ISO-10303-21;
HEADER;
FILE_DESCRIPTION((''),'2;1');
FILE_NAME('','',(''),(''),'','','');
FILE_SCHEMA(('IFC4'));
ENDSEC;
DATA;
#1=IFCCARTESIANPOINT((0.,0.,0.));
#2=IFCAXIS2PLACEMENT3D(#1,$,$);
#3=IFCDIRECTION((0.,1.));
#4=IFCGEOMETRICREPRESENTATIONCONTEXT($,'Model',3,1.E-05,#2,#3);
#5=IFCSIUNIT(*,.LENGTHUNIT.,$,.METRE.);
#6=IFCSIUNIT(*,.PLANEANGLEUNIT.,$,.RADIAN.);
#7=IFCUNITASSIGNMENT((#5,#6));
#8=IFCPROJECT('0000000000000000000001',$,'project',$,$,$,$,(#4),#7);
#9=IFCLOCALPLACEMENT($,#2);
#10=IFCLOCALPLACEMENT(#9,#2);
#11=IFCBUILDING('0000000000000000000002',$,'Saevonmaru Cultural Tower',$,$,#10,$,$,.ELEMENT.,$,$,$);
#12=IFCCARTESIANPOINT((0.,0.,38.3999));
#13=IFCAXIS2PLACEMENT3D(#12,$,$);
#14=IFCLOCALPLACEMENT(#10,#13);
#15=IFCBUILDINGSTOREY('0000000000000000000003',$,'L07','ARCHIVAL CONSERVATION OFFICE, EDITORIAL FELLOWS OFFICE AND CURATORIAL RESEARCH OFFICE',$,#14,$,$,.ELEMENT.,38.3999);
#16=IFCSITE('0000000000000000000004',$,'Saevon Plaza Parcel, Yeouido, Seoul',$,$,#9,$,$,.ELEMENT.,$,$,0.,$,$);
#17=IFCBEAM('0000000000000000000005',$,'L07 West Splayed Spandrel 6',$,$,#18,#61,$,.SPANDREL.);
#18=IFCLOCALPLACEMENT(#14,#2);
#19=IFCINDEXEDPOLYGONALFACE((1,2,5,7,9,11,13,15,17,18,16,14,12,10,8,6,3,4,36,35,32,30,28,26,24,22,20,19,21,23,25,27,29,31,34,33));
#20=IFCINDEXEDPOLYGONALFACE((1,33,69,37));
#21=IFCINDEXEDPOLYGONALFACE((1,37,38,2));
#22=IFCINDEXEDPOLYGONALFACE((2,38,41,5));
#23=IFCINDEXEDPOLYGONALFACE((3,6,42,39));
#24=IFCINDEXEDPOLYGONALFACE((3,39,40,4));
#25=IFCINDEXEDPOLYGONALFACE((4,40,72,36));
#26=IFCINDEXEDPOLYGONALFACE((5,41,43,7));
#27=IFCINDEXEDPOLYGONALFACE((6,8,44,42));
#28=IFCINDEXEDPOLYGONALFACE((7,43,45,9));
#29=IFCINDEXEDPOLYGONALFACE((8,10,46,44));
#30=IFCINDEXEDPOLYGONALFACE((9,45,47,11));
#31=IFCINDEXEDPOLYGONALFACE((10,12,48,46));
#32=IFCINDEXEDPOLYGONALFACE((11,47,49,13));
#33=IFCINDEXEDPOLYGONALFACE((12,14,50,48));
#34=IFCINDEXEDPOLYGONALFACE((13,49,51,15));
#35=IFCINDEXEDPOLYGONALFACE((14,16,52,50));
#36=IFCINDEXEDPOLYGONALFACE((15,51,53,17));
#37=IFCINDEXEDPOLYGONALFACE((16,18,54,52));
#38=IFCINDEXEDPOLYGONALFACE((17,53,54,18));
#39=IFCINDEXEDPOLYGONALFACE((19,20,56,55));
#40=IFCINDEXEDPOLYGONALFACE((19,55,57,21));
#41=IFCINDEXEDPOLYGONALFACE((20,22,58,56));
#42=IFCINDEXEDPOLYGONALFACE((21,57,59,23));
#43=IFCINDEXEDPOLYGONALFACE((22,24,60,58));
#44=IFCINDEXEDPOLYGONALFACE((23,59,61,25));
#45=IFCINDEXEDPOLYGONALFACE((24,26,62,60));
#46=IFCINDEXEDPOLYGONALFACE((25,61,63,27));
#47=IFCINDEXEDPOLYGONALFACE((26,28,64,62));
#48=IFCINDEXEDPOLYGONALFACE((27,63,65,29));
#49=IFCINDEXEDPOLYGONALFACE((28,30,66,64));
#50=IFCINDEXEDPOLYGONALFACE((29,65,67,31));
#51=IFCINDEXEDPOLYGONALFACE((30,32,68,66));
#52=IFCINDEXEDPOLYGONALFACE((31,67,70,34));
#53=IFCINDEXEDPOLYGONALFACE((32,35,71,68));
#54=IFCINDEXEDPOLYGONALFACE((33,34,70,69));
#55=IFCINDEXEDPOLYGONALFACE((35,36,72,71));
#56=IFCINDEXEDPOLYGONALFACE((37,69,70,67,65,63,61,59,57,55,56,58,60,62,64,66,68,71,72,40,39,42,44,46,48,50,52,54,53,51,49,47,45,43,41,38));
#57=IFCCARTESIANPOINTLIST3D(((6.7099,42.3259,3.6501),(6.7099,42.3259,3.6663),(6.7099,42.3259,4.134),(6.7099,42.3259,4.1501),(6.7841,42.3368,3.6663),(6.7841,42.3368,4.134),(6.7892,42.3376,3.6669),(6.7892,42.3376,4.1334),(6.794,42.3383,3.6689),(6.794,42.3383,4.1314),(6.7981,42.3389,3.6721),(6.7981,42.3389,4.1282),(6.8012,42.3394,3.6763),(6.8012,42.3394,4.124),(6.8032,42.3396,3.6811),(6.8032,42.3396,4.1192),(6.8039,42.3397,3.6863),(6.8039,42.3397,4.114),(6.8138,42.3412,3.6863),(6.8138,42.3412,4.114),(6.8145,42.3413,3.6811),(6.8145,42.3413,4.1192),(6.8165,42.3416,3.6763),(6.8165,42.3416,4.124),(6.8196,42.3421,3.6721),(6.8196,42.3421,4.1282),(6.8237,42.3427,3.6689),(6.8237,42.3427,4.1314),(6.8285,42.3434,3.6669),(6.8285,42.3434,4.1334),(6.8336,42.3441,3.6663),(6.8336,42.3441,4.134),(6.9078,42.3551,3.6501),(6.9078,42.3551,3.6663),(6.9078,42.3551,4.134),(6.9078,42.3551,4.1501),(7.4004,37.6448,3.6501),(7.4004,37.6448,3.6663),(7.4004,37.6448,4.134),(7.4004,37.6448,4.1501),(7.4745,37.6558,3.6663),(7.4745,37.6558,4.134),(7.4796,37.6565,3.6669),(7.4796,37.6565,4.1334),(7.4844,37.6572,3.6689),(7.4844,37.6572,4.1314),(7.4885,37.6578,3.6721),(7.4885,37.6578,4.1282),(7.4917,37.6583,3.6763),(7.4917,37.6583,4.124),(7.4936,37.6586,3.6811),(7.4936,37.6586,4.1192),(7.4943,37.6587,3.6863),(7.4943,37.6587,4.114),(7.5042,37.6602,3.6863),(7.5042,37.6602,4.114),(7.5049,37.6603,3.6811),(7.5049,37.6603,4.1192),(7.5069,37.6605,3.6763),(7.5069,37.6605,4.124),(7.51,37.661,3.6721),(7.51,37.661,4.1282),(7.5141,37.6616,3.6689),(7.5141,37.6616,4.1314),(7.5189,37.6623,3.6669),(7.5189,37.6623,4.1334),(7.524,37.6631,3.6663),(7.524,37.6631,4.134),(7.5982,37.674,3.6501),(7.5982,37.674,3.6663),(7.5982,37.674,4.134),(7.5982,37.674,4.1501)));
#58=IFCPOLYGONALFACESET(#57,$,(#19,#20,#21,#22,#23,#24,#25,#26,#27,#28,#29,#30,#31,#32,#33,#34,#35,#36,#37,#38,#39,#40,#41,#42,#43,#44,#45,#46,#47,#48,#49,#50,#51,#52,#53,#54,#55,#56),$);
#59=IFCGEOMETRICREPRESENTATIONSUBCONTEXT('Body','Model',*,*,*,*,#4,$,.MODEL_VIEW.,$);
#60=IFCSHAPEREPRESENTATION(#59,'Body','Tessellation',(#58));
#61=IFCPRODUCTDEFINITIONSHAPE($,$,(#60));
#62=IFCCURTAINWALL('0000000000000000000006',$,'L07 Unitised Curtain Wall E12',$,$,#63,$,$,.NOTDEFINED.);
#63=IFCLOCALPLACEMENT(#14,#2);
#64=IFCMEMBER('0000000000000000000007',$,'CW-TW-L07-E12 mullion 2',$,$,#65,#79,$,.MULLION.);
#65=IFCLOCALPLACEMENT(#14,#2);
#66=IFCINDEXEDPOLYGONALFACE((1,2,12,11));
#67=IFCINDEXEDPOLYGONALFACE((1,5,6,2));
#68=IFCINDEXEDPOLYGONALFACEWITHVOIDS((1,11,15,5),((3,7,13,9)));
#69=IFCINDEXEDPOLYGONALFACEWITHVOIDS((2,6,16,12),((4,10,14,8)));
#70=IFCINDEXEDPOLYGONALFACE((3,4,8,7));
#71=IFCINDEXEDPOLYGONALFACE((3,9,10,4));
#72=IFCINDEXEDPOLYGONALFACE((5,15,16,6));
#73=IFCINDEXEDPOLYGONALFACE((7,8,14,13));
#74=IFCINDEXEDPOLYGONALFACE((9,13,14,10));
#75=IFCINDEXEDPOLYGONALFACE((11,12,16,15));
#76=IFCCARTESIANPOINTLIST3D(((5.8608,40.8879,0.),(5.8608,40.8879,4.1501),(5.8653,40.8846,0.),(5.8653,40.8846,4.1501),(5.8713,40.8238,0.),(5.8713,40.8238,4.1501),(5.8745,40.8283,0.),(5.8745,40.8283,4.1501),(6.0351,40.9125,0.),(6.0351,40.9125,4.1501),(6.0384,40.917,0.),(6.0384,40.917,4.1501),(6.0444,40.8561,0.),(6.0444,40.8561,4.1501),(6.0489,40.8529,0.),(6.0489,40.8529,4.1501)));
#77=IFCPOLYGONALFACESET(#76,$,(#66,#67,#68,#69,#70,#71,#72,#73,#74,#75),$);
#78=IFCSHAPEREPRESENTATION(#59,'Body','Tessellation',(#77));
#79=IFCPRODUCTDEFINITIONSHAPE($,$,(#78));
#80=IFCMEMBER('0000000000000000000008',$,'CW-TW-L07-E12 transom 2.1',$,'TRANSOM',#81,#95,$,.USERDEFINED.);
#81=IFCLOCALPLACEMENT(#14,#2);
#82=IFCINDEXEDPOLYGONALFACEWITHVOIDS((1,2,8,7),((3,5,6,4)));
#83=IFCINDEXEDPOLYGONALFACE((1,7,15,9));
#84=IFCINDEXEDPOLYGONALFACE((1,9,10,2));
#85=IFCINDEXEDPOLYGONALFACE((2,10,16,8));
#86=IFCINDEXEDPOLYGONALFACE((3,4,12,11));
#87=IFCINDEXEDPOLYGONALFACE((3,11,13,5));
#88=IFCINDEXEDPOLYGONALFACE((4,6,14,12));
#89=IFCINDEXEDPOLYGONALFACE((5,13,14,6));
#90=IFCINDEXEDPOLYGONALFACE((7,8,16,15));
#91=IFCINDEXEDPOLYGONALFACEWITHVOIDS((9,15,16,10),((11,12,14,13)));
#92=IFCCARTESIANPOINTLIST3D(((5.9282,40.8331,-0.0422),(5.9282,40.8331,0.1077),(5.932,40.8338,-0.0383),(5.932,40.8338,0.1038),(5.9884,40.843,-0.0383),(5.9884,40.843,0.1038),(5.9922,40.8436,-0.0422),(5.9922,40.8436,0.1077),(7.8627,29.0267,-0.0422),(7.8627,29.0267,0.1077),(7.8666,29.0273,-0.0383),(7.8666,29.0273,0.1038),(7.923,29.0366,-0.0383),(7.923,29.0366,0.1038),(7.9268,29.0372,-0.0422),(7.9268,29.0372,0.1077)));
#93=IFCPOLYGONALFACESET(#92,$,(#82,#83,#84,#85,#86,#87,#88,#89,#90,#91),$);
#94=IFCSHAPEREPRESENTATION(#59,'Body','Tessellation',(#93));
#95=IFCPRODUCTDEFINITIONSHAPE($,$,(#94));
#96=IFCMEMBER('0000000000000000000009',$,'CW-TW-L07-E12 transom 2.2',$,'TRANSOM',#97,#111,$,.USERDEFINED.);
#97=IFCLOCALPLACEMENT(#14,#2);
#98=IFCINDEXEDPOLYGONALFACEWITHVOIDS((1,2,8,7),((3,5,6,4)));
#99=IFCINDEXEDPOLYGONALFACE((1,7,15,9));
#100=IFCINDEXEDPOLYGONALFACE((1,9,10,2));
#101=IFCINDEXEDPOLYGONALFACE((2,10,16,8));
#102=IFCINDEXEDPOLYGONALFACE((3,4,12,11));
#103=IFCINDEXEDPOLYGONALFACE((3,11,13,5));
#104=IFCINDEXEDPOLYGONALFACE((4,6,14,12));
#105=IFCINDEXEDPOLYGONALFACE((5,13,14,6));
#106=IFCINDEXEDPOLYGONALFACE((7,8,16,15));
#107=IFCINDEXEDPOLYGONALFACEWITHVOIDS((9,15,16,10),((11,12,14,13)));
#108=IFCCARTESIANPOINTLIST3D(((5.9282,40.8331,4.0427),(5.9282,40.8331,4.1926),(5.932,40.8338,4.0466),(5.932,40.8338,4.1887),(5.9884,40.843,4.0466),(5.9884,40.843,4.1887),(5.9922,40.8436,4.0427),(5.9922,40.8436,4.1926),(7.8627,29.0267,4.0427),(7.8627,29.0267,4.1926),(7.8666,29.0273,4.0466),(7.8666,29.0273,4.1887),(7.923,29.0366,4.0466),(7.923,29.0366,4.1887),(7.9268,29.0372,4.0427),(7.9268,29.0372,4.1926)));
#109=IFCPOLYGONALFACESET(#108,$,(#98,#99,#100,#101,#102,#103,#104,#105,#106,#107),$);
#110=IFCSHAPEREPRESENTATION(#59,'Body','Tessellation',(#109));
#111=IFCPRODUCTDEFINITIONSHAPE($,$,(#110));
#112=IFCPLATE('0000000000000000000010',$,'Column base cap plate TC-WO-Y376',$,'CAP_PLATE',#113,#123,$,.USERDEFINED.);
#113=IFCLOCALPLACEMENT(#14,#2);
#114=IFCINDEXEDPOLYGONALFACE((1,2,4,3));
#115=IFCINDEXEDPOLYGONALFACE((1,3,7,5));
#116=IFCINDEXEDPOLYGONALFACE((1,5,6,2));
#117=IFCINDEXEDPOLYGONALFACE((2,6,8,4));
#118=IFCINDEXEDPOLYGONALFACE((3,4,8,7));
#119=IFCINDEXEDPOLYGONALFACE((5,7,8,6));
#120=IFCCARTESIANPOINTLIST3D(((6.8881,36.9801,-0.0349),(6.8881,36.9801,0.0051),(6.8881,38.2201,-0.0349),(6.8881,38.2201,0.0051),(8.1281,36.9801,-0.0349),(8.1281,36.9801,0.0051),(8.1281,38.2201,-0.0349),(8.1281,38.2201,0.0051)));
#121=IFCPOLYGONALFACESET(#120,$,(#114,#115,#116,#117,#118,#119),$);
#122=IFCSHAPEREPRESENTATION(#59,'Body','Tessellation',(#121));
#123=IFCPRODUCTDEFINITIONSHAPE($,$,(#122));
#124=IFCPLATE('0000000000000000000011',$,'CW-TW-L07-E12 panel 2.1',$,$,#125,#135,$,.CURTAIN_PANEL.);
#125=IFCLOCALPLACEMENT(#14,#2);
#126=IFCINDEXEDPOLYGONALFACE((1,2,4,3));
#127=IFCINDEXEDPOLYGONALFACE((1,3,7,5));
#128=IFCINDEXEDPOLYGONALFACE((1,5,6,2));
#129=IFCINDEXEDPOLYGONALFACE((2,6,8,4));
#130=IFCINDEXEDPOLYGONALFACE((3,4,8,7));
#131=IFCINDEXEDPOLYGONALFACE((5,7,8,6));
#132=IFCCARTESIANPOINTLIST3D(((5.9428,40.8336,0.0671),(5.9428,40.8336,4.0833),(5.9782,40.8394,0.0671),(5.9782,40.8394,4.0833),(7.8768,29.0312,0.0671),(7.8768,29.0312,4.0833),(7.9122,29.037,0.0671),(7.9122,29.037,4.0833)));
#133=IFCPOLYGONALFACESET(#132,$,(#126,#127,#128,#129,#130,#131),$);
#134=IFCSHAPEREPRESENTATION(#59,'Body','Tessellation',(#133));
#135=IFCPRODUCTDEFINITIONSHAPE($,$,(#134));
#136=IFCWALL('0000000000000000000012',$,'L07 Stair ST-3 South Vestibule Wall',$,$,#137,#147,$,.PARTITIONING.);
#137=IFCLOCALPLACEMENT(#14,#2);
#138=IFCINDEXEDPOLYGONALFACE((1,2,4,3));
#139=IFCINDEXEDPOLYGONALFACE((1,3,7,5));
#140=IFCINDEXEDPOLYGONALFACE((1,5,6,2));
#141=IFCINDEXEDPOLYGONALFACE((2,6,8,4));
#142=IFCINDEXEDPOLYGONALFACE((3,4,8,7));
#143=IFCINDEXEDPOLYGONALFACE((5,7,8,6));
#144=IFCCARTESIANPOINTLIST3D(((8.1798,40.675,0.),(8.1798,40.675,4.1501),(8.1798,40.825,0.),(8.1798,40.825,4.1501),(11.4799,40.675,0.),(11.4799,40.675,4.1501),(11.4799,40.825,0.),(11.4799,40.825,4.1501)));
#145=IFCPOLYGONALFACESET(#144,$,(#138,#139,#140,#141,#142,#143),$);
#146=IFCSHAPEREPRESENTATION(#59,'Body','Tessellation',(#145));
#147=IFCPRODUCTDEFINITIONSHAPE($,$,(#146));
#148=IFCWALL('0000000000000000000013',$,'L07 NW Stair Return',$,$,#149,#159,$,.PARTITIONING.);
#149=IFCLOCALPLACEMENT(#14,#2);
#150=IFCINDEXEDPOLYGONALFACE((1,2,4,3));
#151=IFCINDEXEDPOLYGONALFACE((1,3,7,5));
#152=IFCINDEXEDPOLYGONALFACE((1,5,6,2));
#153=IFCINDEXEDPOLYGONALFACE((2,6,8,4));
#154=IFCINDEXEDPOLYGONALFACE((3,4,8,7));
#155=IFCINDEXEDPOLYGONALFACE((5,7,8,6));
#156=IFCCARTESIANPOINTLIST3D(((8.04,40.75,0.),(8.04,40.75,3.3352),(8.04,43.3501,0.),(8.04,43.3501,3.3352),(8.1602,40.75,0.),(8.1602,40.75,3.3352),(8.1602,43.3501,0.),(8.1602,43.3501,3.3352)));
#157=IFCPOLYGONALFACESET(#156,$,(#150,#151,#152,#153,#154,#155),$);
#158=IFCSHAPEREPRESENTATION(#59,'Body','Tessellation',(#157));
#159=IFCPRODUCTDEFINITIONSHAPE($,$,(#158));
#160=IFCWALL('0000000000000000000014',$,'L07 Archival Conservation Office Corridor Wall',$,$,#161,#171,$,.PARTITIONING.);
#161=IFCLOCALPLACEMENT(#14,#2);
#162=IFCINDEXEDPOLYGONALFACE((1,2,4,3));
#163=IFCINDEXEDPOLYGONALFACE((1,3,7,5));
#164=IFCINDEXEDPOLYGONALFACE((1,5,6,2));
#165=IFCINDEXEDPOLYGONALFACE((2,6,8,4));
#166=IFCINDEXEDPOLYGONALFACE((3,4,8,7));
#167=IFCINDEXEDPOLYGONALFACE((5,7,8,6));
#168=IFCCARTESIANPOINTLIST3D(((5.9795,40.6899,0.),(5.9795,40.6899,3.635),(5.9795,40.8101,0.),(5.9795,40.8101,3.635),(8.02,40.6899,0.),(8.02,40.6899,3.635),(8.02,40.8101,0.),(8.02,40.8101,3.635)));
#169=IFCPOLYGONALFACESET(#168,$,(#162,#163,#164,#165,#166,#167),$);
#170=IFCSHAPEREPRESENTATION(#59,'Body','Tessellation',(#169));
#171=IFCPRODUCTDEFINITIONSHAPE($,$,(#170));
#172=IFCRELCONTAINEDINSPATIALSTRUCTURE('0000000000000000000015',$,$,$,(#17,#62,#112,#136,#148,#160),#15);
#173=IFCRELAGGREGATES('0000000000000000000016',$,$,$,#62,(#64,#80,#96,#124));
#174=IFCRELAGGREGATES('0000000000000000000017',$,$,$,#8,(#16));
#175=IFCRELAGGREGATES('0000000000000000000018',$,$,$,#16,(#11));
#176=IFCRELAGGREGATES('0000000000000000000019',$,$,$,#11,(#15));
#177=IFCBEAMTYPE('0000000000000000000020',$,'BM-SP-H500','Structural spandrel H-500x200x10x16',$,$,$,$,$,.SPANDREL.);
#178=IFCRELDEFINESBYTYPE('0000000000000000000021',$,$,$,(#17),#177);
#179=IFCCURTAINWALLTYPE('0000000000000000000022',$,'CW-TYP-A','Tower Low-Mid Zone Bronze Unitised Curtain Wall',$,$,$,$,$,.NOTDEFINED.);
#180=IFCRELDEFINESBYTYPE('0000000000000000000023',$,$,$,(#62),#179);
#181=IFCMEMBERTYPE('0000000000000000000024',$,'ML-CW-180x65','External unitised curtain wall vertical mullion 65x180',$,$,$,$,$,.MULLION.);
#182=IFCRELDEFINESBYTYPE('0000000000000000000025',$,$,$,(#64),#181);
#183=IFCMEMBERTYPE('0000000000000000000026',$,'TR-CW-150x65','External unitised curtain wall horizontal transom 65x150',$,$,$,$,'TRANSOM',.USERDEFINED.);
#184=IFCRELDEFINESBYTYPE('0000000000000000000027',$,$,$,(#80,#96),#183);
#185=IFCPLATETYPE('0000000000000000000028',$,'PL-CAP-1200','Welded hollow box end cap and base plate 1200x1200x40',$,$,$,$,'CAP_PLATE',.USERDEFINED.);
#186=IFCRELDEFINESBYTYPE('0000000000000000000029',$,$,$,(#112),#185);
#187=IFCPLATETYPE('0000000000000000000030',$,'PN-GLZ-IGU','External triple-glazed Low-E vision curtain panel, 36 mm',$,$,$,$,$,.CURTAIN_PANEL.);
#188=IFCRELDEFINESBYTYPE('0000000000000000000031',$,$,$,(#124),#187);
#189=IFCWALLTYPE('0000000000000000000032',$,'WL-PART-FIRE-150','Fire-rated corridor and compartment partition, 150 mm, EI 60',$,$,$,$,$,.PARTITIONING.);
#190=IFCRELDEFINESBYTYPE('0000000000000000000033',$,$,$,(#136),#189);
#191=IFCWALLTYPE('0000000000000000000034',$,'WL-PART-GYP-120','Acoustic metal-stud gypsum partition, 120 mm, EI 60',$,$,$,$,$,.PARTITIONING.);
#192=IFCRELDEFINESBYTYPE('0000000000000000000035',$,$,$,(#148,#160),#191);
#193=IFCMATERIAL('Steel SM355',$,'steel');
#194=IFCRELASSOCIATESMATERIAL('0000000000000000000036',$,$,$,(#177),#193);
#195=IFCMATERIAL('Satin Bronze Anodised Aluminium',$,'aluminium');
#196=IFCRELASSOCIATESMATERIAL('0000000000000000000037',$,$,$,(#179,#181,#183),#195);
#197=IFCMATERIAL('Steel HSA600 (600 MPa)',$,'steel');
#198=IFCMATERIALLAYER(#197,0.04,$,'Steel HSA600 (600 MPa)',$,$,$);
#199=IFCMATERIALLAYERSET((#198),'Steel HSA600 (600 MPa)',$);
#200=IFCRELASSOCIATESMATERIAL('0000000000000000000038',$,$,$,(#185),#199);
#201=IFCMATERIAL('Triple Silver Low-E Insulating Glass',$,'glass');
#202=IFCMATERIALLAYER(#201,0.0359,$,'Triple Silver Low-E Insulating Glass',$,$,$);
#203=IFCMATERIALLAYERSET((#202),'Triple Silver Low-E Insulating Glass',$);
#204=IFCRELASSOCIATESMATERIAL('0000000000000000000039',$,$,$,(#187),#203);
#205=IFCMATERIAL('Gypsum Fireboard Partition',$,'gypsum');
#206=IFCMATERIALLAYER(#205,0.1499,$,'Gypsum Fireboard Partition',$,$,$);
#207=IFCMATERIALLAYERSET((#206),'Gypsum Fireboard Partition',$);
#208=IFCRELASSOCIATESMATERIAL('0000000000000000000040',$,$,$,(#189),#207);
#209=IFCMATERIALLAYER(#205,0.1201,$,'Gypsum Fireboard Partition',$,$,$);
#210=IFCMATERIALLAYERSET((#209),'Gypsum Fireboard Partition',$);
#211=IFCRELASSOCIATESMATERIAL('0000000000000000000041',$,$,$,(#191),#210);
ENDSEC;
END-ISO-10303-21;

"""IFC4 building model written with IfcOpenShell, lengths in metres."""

from ifc_helpers import new_model, si_unit, direction, frame, frame_2d, origin, origin_2d, place, context, subcontext, project, spatial, rectangle, hollow_rectangle, i_section, extrude, material, layer, layer_set, material_profile, profile_set, type_object, element, aggregate, save


model = new_model("IFC4")

# Units and contexts
model_context = context("Model", 3, precision=1e-05, world=origin(), true_north=direction((0.0, 1.0)))
body_context = subcontext(model_context, "Body", "Model", "MODEL_VIEW")
ifc_project = project(units=[si_unit("LENGTHUNIT", "METRE"), si_unit("PLANEANGLEUNIT", "RADIAN")], contexts=[model_context])

# Site, building, storey
site_placement = place(None, origin())
site = spatial("IfcSite", under=ifc_project, at=site_placement, Name="Saevon Plaza Parcel, Yeouido, Seoul", CompositionType="ELEMENT", RefElevation=0.0)
building_placement = place(site_placement, origin())
building = spatial("IfcBuilding", under=site, at=building_placement, Name="Saevonmaru Cultural Tower", CompositionType="ELEMENT")
storey_placement = place(building_placement, frame((0.0, 0.0, 38.3999)))
storey = spatial("IfcBuildingStorey", under=building, at=storey_placement, Name="L07", Description="ARCHIVAL CONSERVATION OFFICE, EDITORIAL FELLOWS OFFICE AND CURATORIAL RESEARCH OFFICE", CompositionType="ELEMENT", Elevation=38.3999)

# Shared definitions
ifc_material_1 = material(Name="Steel HSA600 (600 MPa)", Category="steel")

# Beam
ifc_material_2 = material(Name="Steel SM355", Category="steel")
ifc_material_profile_1 = material_profile(ifc_material_2, i_section(OverallWidth=0.2, OverallDepth=0.5, WebThickness=0.01, FlangeThickness=0.0161, FilletRadius=0.02, at=origin_2d()), Name="H-500x200x10x16")
ifc_profile_set_1 = profile_set([ifc_material_profile_1], Name="Steel SM355")
beam_type_1 = type_object("IfcBeamType", Name="BM-SP-H500", Description="Structural spandrel H-500x200x10x16", PredefinedType="SPANDREL", material=ifc_profile_set_1)
beam_1_placement = place(storey_placement, frame((7.4993, 37.6594, 3.9001), z_axis=(-0.145913, 0.989297, 0.0), x_axis=(-0.989297, -0.145913, 0.0)))
element("IfcBeam", 1, at=beam_1_placement, inside=storey, type_object=beam_type_1, Name="L07 West Splayed Spandrel 6", PredefinedType="SPANDREL", context=body_context, shape_type="SweptSolid", body=[
    extrude(i_section(OverallWidth=0.2, OverallDepth=0.5, WebThickness=0.01, FlangeThickness=0.0161, FilletRadius=0.02, at=origin_2d()), origin(), (0.0, 0.0, 1.0), 4.7317),
])

# Curtain wall, members
ifc_material_3 = material(Name="Satin Bronze Anodised Aluminium", Category="aluminium")
curtain_wall_type = type_object("IfcCurtainWallType", Name="CW-TYP-A", Description="Tower Low-Mid Zone Bronze Unitised Curtain Wall", PredefinedType="NOTDEFINED", material=ifc_material_3)
curtain_wall_placement = place(storey_placement, origin())
curtain_wall = element("IfcCurtainWall", 2, at=curtain_wall_placement, inside=storey, type_object=curtain_wall_type, Name="L07 Unitised Curtain Wall E12", PredefinedType="NOTDEFINED")
ifc_material_profile_2 = material_profile(ifc_material_3, hollow_rectangle(XDim=0.0649, YDim=0.1799, WallThickness=0.0039, at=origin_2d()), Name="ALU-MULL-180x65x4")
ifc_profile_set_2 = profile_set([ifc_material_profile_2], Name="Satin Bronze Anodised Aluminium")
member_type_1 = type_object("IfcMemberType", Name="ML-CW-180x65", Description="External unitised curtain wall vertical mullion 65x180", PredefinedType="MULLION", material=ifc_profile_set_2)
member_1_placement = place(storey_placement, frame((5.9548, 40.8704, 0.0), z_axis=(0.0, 0.0, 1.0), x_axis=(0.161709, -0.986839, 0.0)))
member_1 = element("IfcMember", 3, at=member_1_placement, type_object=member_type_1, Name="CW-TW-L07-E12 mullion 2", PredefinedType="MULLION", context=body_context, shape_type="SweptSolid", body=[
    extrude(hollow_rectangle(XDim=0.0649, YDim=0.1799, WallThickness=0.0039, at=origin_2d()), origin(), (0.0, 0.0, 1.0), 4.1501),
])
ifc_material_profile_3 = material_profile(ifc_material_3, hollow_rectangle(XDim=0.0649, YDim=0.1499, WallThickness=0.0039, at=origin_2d()), Name="ALU-TRAN-150x65x4")
ifc_profile_set_3 = profile_set([ifc_material_profile_3], Name="Satin Bronze Anodised Aluminium")
member_type_2 = type_object("IfcMemberType", Name="TR-CW-150x65", Description="External unitised curtain wall horizontal transom 65x150", ElementType="TRANSOM", PredefinedType="USERDEFINED", material=ifc_profile_set_3)
member_2_placement = place(storey_placement, frame((5.9602, 40.8384, 0.0327), z_axis=(0.161701, -0.98684, 0.0), x_axis=(0.98684, 0.161701, 0.0)))
member_2 = element("IfcMember", 4, at=member_2_placement, type_object=member_type_2, Name="CW-TW-L07-E12 transom 2.1", ObjectType="TRANSOM", PredefinedType="USERDEFINED", context=body_context, shape_type="SweptSolid", body=[
    extrude(hollow_rectangle(XDim=0.0649, YDim=0.1499, WallThickness=0.0039, at=origin_2d()), origin(), (0.0, 0.0, 1.0), 11.9639),
])
member_3_placement = place(storey_placement, frame((5.9602, 40.8384, 4.1177), z_axis=(0.161701, -0.98684, 0.0), x_axis=(0.98684, 0.161701, 0.0)))
member_3 = element("IfcMember", 5, at=member_3_placement, type_object=member_type_2, Name="CW-TW-L07-E12 transom 2.2", ObjectType="TRANSOM", PredefinedType="USERDEFINED", context=body_context, shape_type="SweptSolid", body=[
    extrude(hollow_rectangle(XDim=0.0649, YDim=0.1499, WallThickness=0.0039, at=origin_2d()), origin(), (0.0, 0.0, 1.0), 11.9639),
])

# Plates
ifc_layer_1 = layer(ifc_material_1, 0.04, Name="Steel HSA600 (600 MPa)")
ifc_layer_set_1 = layer_set([ifc_layer_1], Name="Steel HSA600 (600 MPa)")
plate_type_1 = type_object("IfcPlateType", Name="PL-CAP-1200", Description="Welded hollow box end cap and base plate 1200x1200x40", ElementType="CAP_PLATE", PredefinedType="USERDEFINED", material=ifc_layer_set_1)
plate_1_placement = place(storey_placement, frame((7.5081, 37.6001, -0.0349), z_axis=(0.0, 0.0, 1.0), x_axis=(1.0, 0.0, 0.0)))
element("IfcPlate", 6, at=plate_1_placement, inside=storey, type_object=plate_type_1, Name="Column base cap plate TC-WO-Y376", ObjectType="CAP_PLATE", PredefinedType="USERDEFINED", context=body_context, shape_type="SweptSolid", body=[
    extrude(rectangle(XDim=1.24, YDim=1.24, at=origin_2d()), origin(), (0.0, 0.0, 1.0), 0.04),
])
ifc_material_4 = material(Name="Triple Silver Low-E Insulating Glass", Category="glass")
ifc_layer_2 = layer(ifc_material_4, 0.0359, Name="Triple Silver Low-E Insulating Glass")
ifc_layer_set_2 = layer_set([ifc_layer_2], Name="Triple Silver Low-E Insulating Glass")
plate_type_2 = type_object("IfcPlateType", Name="PN-GLZ-IGU", Description="External triple-glazed Low-E vision curtain panel, 36 mm", PredefinedType="CURTAIN_PANEL", material=ifc_layer_set_2)
plate_2_placement = place(storey_placement, frame((6.9275, 34.9353, 0.0671), z_axis=(0.0, 0.0, 1.0), x_axis=(0.161709, -0.986839, 0.0)))
plate_2 = element("IfcPlate", 7, at=plate_2_placement, type_object=plate_type_2, Name="CW-TW-L07-E12 panel 2.1", PredefinedType="CURTAIN_PANEL", context=body_context, shape_type="SweptSolid", body=[
    extrude(rectangle(XDim=11.9597, YDim=0.0359, at=origin_2d()), origin(), (0.0, 0.0, 1.0), 4.0161),
])
aggregate(curtain_wall, [member_1, member_2, member_3, plate_2])

# Walls
ifc_material_5 = material(Name="Gypsum Fireboard Partition", Category="gypsum")
ifc_layer_3 = layer(ifc_material_5, 0.1499, Name="Gypsum Fireboard Partition")
ifc_layer_set_3 = layer_set([ifc_layer_3], Name="Gypsum Fireboard Partition")
wall_type_1 = type_object("IfcWallType", Name="WL-PART-FIRE-150", Description="Fire-rated corridor and compartment partition, 150 mm, EI 60", PredefinedType="PARTITIONING", material=ifc_layer_set_3)
wall_1_placement = place(storey_placement, frame((8.1799, 40.75, 0.0), z_axis=(0.0, 0.0, 1.0), x_axis=(1.0, 0.0, 0.0)))
element("IfcWall", 8, at=wall_1_placement, inside=storey, type_object=wall_type_1, Name="L07 Stair ST-3 South Vestibule Wall", PredefinedType="PARTITIONING", context=body_context, shape_type="SweptSolid", body=[
    extrude(rectangle(XDim=3.3, YDim=0.1499, at=frame_2d((1.6499, 0.0))), origin(), (0.0, 0.0, 1.0), 4.1501),
])
ifc_layer_4 = layer(ifc_material_5, 0.1201, Name="Gypsum Fireboard Partition")
ifc_layer_set_4 = layer_set([ifc_layer_4], Name="Gypsum Fireboard Partition")
wall_type_2 = type_object("IfcWallType", Name="WL-PART-GYP-120", Description="Acoustic metal-stud gypsum partition, 120 mm, EI 60", PredefinedType="PARTITIONING", material=ifc_layer_set_4)
wall_2_placement = place(storey_placement, frame((8.1001, 40.75, 0.0), z_axis=(0.0, 0.0, 1.0), x_axis=(0.0, 1.0, 0.0)))
element("IfcWall", 9, at=wall_2_placement, inside=storey, type_object=wall_type_2, Name="L07 NW Stair Return", PredefinedType="PARTITIONING", context=body_context, shape_type="SweptSolid", body=[
    extrude(rectangle(XDim=2.6001, YDim=0.1201, at=frame_2d((1.3, 0.0))), origin(), (0.0, 0.0, 1.0), 3.3352),
])
wall_3_placement = place(storey_placement, frame((5.9795, 40.75, 0.0), z_axis=(0.0, 0.0, 1.0), x_axis=(1.0, 0.0, 0.0)))
element("IfcWall", 10, at=wall_3_placement, inside=storey, type_object=wall_type_2, Name="L07 Archival Conservation Office Corridor Wall", PredefinedType="PARTITIONING", context=body_context, shape_type="SweptSolid", body=[
    extrude(rectangle(XDim=2.0405, YDim=0.1201, at=frame_2d((1.0203, 0.0))), origin(), (0.0, 0.0, 1.0), 3.635),
])

save(model, "model.ifc")
